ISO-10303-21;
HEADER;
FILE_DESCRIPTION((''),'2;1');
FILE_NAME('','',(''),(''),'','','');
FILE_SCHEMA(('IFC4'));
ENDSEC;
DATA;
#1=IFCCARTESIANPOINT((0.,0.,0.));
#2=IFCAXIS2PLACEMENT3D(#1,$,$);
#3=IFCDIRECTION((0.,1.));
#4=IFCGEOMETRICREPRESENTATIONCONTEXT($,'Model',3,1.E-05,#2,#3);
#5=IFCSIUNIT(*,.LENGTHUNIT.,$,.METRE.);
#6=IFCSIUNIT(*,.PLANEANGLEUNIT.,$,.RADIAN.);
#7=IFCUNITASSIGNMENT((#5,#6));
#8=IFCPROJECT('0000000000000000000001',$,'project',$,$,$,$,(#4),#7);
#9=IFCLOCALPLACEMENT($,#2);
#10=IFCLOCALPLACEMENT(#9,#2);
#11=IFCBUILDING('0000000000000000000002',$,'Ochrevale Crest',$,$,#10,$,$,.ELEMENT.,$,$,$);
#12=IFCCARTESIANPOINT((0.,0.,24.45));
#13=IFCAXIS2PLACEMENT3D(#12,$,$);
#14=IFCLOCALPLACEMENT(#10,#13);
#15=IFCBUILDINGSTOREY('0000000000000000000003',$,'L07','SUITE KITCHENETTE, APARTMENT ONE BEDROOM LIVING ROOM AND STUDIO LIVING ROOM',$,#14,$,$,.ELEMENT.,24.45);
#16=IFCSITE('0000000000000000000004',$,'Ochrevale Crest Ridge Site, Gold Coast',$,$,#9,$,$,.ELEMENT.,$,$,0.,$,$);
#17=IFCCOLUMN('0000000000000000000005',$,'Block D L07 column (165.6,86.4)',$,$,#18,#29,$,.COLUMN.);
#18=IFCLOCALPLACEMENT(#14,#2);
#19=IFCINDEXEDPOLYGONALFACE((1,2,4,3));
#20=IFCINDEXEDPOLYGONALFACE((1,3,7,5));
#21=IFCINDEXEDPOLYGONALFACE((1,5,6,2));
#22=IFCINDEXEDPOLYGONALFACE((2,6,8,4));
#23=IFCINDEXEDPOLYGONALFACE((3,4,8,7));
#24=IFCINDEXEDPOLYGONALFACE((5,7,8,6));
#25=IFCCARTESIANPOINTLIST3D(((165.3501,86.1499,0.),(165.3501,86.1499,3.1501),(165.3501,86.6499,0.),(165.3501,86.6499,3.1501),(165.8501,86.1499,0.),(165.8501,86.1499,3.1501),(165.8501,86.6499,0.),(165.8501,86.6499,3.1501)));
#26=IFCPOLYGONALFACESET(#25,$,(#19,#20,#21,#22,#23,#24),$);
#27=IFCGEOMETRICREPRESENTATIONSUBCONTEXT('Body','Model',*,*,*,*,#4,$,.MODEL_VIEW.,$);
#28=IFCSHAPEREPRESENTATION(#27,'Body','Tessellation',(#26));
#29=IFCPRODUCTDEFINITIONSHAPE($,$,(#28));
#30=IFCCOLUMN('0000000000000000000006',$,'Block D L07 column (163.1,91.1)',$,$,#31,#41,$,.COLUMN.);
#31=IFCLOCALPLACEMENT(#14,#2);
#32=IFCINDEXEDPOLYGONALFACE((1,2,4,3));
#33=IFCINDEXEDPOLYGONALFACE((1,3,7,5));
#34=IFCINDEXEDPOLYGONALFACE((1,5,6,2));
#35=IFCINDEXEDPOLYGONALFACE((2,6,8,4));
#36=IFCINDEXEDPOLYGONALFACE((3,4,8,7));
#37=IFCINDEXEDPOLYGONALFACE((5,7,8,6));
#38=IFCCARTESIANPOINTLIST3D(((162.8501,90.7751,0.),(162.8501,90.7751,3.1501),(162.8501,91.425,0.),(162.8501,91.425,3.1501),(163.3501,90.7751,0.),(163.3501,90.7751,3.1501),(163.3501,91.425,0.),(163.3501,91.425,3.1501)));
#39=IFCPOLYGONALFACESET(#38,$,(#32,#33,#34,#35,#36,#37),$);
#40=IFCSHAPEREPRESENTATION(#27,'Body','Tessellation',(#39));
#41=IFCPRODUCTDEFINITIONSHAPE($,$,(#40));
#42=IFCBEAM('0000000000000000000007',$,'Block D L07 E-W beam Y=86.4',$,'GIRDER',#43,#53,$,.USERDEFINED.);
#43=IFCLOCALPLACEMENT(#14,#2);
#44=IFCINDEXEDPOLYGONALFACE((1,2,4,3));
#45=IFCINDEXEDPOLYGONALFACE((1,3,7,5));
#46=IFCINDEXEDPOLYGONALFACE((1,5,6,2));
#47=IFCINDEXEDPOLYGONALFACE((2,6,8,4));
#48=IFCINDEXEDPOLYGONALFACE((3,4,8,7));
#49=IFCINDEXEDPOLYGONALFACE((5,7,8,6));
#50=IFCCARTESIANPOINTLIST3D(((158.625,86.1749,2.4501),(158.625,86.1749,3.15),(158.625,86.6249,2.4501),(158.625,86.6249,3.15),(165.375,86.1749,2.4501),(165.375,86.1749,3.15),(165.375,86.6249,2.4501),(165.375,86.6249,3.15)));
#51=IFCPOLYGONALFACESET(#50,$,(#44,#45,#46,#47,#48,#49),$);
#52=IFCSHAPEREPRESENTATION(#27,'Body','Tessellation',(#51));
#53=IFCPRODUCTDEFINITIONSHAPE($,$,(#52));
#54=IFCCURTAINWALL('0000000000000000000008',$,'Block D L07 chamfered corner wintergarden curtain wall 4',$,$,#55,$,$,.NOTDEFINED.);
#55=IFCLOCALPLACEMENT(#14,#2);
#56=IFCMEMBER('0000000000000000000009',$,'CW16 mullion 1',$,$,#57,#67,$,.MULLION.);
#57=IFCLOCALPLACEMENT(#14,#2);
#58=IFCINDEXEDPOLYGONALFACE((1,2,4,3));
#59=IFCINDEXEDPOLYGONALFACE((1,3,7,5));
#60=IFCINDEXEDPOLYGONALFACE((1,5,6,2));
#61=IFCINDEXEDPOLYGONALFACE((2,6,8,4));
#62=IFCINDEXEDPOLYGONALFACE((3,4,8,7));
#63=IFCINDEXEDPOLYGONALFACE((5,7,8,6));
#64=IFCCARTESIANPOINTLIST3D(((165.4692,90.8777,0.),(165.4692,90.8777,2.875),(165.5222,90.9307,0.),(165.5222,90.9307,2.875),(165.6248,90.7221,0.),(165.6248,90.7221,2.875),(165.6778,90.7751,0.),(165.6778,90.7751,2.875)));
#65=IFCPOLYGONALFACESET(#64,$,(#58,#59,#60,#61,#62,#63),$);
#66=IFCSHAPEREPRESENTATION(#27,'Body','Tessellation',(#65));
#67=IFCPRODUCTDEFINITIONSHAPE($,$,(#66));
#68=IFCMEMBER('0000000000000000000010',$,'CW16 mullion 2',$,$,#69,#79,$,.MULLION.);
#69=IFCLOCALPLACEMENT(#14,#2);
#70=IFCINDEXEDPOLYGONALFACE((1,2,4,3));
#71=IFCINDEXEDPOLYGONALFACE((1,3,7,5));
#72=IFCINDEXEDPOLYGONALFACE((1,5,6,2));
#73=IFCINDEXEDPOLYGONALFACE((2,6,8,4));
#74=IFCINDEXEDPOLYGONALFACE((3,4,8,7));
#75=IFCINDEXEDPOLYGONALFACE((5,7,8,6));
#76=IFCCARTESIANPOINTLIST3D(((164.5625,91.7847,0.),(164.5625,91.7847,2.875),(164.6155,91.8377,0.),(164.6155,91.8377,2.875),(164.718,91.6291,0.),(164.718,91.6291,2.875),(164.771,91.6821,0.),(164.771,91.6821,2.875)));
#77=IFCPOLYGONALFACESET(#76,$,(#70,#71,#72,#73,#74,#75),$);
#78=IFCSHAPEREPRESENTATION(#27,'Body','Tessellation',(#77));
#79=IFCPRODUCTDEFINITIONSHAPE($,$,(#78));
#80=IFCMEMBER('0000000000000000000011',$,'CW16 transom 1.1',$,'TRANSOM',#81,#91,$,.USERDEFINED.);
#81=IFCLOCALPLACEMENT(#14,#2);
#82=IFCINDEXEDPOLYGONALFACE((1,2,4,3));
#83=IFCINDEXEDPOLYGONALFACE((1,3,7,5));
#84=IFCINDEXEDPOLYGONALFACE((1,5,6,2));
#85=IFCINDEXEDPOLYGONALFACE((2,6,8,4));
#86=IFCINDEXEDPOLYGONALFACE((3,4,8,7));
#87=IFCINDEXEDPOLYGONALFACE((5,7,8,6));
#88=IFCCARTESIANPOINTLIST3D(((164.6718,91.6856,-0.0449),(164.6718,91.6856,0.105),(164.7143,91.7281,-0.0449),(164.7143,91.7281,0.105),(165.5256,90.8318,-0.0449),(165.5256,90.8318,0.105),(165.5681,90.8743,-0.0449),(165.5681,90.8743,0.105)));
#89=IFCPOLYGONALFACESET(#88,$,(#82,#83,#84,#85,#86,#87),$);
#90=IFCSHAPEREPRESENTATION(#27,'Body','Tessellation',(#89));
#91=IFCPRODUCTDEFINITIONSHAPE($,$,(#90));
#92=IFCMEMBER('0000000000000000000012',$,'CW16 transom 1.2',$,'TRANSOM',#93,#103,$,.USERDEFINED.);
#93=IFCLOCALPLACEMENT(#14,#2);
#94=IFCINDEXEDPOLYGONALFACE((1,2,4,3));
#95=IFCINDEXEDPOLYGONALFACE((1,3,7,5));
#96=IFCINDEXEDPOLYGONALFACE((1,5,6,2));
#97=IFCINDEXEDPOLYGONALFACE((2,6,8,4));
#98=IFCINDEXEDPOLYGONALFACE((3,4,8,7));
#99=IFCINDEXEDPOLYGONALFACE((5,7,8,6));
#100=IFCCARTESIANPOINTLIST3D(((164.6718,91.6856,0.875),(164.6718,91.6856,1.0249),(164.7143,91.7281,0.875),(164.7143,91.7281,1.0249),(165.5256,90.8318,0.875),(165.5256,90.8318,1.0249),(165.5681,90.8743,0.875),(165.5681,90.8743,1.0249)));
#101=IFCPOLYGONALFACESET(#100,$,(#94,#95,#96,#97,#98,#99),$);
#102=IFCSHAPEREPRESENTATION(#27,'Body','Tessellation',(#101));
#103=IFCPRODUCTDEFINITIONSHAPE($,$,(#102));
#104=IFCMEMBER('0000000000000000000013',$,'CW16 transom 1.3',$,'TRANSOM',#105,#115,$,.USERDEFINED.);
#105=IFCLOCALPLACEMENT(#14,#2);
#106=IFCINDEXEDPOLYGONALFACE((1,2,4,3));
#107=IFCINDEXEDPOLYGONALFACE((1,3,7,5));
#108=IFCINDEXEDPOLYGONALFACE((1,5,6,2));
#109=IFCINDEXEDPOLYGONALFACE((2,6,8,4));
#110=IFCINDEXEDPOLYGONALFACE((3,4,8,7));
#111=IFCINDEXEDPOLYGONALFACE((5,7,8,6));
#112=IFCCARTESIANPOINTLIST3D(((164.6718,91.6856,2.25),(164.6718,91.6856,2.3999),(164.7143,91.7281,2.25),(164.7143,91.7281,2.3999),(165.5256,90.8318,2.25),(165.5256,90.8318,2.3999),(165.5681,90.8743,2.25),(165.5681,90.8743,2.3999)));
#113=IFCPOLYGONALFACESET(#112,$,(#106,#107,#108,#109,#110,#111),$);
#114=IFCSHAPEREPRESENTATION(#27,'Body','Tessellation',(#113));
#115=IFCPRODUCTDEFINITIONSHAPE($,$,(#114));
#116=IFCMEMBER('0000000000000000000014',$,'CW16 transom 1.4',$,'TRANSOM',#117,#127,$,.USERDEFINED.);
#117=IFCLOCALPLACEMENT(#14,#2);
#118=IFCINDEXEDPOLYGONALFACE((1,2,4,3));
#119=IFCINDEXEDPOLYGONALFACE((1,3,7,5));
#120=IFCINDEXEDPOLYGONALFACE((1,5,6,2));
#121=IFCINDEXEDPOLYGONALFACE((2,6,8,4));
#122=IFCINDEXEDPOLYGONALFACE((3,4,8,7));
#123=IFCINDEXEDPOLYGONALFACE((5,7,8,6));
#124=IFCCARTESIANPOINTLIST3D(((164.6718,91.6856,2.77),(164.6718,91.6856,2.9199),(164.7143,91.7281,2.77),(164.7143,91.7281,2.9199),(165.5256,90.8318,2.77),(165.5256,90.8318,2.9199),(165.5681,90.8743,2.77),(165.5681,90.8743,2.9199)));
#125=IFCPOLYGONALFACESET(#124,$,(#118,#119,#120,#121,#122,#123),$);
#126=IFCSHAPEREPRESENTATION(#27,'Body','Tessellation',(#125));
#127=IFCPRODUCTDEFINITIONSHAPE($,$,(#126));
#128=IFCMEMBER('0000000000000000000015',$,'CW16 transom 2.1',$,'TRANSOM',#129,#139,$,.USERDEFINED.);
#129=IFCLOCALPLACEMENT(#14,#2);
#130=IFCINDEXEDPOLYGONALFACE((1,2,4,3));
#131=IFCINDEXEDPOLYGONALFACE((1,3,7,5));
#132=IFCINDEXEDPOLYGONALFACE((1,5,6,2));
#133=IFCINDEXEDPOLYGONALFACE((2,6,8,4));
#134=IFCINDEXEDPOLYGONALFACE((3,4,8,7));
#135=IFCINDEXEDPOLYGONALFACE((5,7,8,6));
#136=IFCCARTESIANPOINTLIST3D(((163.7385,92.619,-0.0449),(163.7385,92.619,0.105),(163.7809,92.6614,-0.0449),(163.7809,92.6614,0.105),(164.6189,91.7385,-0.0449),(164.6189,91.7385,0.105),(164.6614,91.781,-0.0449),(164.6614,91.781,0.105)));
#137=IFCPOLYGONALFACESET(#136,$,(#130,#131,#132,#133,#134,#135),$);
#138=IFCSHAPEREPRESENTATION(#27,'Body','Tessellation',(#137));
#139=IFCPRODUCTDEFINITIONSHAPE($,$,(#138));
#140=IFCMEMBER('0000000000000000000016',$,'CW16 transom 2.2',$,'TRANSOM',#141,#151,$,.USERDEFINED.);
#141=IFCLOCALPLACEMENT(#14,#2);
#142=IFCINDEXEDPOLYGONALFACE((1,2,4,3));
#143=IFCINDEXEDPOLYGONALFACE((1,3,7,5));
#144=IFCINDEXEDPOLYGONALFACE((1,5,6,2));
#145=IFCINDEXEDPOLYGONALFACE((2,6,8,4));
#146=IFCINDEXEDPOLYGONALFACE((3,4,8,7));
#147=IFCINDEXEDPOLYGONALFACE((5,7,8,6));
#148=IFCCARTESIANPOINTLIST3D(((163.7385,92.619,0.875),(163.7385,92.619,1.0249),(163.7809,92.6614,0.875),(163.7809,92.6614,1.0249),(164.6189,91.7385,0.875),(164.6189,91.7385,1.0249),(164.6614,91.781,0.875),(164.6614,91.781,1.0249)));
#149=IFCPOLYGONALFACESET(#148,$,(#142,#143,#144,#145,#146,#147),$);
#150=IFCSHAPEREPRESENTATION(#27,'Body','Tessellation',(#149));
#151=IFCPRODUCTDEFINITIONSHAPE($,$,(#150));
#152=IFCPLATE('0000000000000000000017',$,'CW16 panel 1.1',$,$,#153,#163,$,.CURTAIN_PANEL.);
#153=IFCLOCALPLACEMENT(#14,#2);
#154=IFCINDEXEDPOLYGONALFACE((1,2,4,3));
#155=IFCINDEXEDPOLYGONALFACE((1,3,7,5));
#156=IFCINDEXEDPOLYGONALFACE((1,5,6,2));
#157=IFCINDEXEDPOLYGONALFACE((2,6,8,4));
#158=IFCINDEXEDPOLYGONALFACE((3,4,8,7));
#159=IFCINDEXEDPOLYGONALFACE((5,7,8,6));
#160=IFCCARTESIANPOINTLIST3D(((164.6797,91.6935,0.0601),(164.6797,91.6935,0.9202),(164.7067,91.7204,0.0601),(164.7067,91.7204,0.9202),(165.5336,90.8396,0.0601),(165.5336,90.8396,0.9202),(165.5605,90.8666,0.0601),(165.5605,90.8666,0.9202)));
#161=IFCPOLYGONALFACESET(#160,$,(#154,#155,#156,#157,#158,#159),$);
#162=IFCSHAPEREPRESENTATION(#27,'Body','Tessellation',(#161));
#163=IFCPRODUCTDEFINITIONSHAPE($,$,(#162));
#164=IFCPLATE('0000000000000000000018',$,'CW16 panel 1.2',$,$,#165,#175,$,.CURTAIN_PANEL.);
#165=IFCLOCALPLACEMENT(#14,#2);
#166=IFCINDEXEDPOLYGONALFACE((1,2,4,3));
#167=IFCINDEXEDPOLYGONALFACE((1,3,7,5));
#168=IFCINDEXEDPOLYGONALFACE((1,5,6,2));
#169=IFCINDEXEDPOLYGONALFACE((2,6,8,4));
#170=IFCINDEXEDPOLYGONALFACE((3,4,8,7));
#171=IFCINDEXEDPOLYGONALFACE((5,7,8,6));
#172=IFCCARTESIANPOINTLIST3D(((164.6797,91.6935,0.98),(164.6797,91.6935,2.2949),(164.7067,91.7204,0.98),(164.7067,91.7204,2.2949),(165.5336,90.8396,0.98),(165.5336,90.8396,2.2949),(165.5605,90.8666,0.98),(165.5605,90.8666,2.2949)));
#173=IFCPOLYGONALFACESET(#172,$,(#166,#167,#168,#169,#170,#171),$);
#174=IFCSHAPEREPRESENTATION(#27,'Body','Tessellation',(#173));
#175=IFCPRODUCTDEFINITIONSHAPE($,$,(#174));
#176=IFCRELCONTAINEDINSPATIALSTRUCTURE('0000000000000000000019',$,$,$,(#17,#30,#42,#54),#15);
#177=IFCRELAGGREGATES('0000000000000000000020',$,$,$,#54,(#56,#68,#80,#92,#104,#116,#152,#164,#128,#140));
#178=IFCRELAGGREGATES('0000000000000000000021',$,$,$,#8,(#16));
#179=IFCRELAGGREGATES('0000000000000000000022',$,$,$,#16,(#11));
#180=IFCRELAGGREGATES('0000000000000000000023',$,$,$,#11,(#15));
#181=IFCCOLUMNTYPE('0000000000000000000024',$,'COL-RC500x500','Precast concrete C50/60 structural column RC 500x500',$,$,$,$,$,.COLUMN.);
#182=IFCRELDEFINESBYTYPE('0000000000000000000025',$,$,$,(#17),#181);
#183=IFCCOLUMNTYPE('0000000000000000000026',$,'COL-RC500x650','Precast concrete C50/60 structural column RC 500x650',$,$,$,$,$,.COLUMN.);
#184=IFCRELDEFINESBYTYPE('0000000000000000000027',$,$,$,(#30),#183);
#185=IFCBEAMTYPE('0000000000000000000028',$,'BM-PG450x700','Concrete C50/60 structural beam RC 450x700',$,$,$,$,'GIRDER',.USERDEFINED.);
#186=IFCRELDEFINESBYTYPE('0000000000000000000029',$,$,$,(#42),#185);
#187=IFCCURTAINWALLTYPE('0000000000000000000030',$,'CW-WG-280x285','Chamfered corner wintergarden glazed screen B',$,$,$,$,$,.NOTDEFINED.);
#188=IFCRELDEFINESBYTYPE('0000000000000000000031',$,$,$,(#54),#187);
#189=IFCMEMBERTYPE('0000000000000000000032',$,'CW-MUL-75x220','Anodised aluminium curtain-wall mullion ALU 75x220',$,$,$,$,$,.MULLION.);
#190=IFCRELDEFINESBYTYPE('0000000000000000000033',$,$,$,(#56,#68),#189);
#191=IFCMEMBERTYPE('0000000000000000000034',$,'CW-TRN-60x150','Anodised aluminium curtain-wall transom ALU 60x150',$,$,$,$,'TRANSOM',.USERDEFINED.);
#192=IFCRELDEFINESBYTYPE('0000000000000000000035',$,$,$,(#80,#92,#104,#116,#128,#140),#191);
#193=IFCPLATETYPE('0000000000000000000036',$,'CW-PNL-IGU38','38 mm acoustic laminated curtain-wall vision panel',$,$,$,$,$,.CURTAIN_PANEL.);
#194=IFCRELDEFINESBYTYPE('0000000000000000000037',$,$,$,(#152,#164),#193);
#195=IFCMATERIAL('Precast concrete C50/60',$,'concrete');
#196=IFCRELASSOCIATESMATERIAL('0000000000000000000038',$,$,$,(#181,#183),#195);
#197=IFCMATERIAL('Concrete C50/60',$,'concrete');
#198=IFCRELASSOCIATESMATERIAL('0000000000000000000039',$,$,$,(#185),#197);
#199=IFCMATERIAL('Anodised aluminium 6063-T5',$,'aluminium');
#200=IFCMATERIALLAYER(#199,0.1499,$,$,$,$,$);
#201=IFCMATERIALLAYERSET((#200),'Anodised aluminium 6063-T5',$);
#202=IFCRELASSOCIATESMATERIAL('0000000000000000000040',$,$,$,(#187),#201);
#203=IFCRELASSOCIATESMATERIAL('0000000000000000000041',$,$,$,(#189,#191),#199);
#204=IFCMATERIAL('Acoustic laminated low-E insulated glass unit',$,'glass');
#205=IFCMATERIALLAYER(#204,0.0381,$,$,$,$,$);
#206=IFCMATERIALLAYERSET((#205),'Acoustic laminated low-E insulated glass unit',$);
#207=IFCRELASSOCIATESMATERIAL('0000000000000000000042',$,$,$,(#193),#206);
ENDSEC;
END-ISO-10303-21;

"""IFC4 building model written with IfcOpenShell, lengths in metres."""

from ifc_helpers import new_model, si_unit, direction, frame, origin, origin_2d, place, context, subcontext, project, spatial, rectangle, extrude, material, layer, layer_set, material_profile, profile_set, type_object, element, aggregate, save


model = new_model("IFC4")

# Units and contexts
model_context = context("Model", 3, precision=1e-05, world=origin(), true_north=direction((0.0, 1.0)))
body_context = subcontext(model_context, "Body", "Model", "MODEL_VIEW")
ifc_project = project(units=[si_unit("LENGTHUNIT", "METRE"), si_unit("PLANEANGLEUNIT", "RADIAN")], contexts=[model_context])

# Site, building, storey
site_placement = place(None, origin())
site = spatial("IfcSite", under=ifc_project, at=site_placement, Name="Ochrevale Crest Ridge Site, Gold Coast", CompositionType="ELEMENT", RefElevation=0.0)
building_placement = place(site_placement, origin())
building = spatial("IfcBuilding", under=site, at=building_placement, Name="Ochrevale Crest", CompositionType="ELEMENT")
storey_placement = place(building_placement, frame((0.0, 0.0, 24.45)))
storey = spatial("IfcBuildingStorey", under=building, at=storey_placement, Name="L07", Description="SUITE KITCHENETTE, APARTMENT ONE BEDROOM LIVING ROOM AND STUDIO LIVING ROOM", CompositionType="ELEMENT", Elevation=24.45)

# Columns
ifc_material_1 = material(Name="Precast concrete C50/60", Category="concrete")
ifc_material_profile_1 = material_profile(ifc_material_1, rectangle(XDim=0.5, YDim=0.5, at=origin_2d()), Name="RC 500x500")
ifc_profile_set_1 = profile_set([ifc_material_profile_1], Name="Precast concrete C50/60")
column_type_1 = type_object("IfcColumnType", Name="COL-RC500x500", Description="Precast concrete C50/60 structural column RC 500x500", PredefinedType="COLUMN", material=ifc_profile_set_1)
column_1_placement = place(storey_placement, frame((165.6001, 86.3999, 0.0), z_axis=(0.0, 0.0, 1.0), x_axis=(1.0, 0.0, 0.0)))
element("IfcColumn", 1, at=column_1_placement, inside=storey, type_object=column_type_1, Name="Block D L07 column (165.6,86.4)", PredefinedType="COLUMN", context=body_context, shape_type="SweptSolid", body=[
    extrude(rectangle(XDim=0.5, YDim=0.5, at=origin_2d()), origin(), (0.0, 0.0, 1.0), 3.1501),
])
ifc_material_profile_2 = material_profile(ifc_material_1, rectangle(XDim=0.5, YDim=0.6499, at=origin_2d()), Name="RC 500x650")
ifc_profile_set_2 = profile_set([ifc_material_profile_2], Name="Precast concrete C50/60")
column_type_2 = type_object("IfcColumnType", Name="COL-RC500x650", Description="Precast concrete C50/60 structural column RC 500x650", PredefinedType="COLUMN", material=ifc_profile_set_2)
column_2_placement = place(storey_placement, frame((163.1001, 91.1001, 0.0), z_axis=(0.0, 0.0, 1.0), x_axis=(1.0, 0.0, 0.0)))
element("IfcColumn", 2, at=column_2_placement, inside=storey, type_object=column_type_2, Name="Block D L07 column (163.1,91.1)", PredefinedType="COLUMN", context=body_context, shape_type="SweptSolid", body=[
    extrude(rectangle(XDim=0.5, YDim=0.6499, at=origin_2d()), origin(), (0.0, 0.0, 1.0), 3.1501),
])

# Beam
ifc_material_2 = material(Name="Concrete C50/60", Category="concrete")
ifc_material_profile_3 = material_profile(ifc_material_2, rectangle(XDim=0.45, YDim=0.7, at=origin_2d()), Name="RC 450x700")
ifc_profile_set_3 = profile_set([ifc_material_profile_3], Name="Concrete C50/60")
beam_type = type_object("IfcBeamType", Name="BM-PG450x700", Description="Concrete C50/60 structural beam RC 450x700", ElementType="GIRDER", PredefinedType="USERDEFINED", material=ifc_profile_set_3)
beam_placement = place(storey_placement, frame((158.625, 86.3999, 2.8), z_axis=(1.0, 0.0, 0.0), x_axis=(0.0, 1.0, 0.0)))
element("IfcBeam", 3, at=beam_placement, inside=storey, type_object=beam_type, Name="Block D L07 E-W beam Y=86.4", ObjectType="GIRDER", PredefinedType="USERDEFINED", context=body_context, shape_type="SweptSolid", body=[
    extrude(rectangle(XDim=0.45, YDim=0.7, at=origin_2d()), origin(), (0.0, 0.0, 1.0), 6.75),
])

# Curtain wall, members, plates
ifc_material_3 = material(Name="Anodised aluminium 6063-T5", Category="aluminium")
ifc_layer_1 = layer(ifc_material_3, 0.1499)
ifc_layer_set_1 = layer_set([ifc_layer_1], Name="Anodised aluminium 6063-T5")
curtain_wall_type = type_object("IfcCurtainWallType", Name="CW-WG-280x285", Description="Chamfered corner wintergarden glazed screen B", PredefinedType="NOTDEFINED", material=ifc_layer_set_1)
curtain_wall_placement = place(storey_placement, origin())
curtain_wall = element("IfcCurtainWall", 4, at=curtain_wall_placement, inside=storey, type_object=curtain_wall_type, Name="Block D L07 chamfered corner wintergarden curtain wall 4", PredefinedType="NOTDEFINED")
ifc_material_profile_4 = material_profile(ifc_material_3, rectangle(XDim=0.075, YDim=0.22, at=origin_2d()), Name="ALU 75x220")
ifc_profile_set_4 = profile_set([ifc_material_profile_4], Name="Anodised aluminium 6063-T5")
member_type_1 = type_object("IfcMemberType", Name="CW-MUL-75x220", Description="Anodised aluminium curtain-wall mullion ALU 75x220", PredefinedType="MULLION", material=ifc_profile_set_4)
member_1_placement = place(storey_placement, frame((165.5735, 90.8264, 0.0), z_axis=(0.0, 0.0, 1.0), x_axis=(-0.707107, -0.707107, 0.0)))
member_1 = element("IfcMember", 5, at=member_1_placement, type_object=member_type_1, Name="CW16 mullion 1", PredefinedType="MULLION", context=body_context, shape_type="SweptSolid", body=[
    extrude(rectangle(XDim=0.075, YDim=0.22, at=origin_2d()), origin(), (0.0, 0.0, 1.0), 2.875),
])
member_2_placement = place(storey_placement, frame((164.6667, 91.7334, 0.0), z_axis=(0.0, 0.0, 1.0), x_axis=(-0.707107, -0.707107, 0.0)))
member_2 = element("IfcMember", 6, at=member_2_placement, type_object=member_type_1, Name="CW16 mullion 2", PredefinedType="MULLION", context=body_context, shape_type="SweptSolid", body=[
    extrude(rectangle(XDim=0.075, YDim=0.22, at=origin_2d()), origin(), (0.0, 0.0, 1.0), 2.875),
])
ifc_material_profile_5 = material_profile(ifc_material_3, rectangle(XDim=0.0601, YDim=0.1499, at=origin_2d()), Name="ALU 60x150")
ifc_profile_set_5 = profile_set([ifc_material_profile_5], Name="Anodised aluminium 6063-T5")
member_type_2 = type_object("IfcMemberType", Name="CW-TRN-60x150", Description="Anodised aluminium curtain-wall transom ALU 60x150", ElementType="TRANSOM", PredefinedType="USERDEFINED", material=ifc_profile_set_5)
member_3_placement = place(storey_placement, frame((165.5469, 90.853, 0.03), z_axis=(-0.707107, 0.707107, 0.0), x_axis=(-0.707107, -0.707107, 0.0)))
member_3 = element("IfcMember", 7, at=member_3_placement, type_object=member_type_2, Name="CW16 transom 1.1", ObjectType="TRANSOM", PredefinedType="USERDEFINED", context=body_context, shape_type="SweptSolid", body=[
    extrude(rectangle(XDim=0.0601, YDim=0.1499, at=origin_2d()), origin(), (0.0, 0.0, 1.0), 1.2075),
])
member_4_placement = place(storey_placement, frame((165.5469, 90.853, 0.95), z_axis=(-0.707107, 0.707107, 0.0), x_axis=(-0.707107, -0.707107, 0.0)))
member_4 = element("IfcMember", 8, at=member_4_placement, type_object=member_type_2, Name="CW16 transom 1.2", ObjectType="TRANSOM", PredefinedType="USERDEFINED", context=body_context, shape_type="SweptSolid", body=[
    extrude(rectangle(XDim=0.0601, YDim=0.1499, at=origin_2d()), origin(), (0.0, 0.0, 1.0), 1.2075),
])
member_5_placement = place(storey_placement, frame((165.5469, 90.853, 2.325), z_axis=(-0.707107, 0.707107, 0.0), x_axis=(-0.707107, -0.707107, 0.0)))
member_5 = element("IfcMember", 9, at=member_5_placement, type_object=member_type_2, Name="CW16 transom 1.3", ObjectType="TRANSOM", PredefinedType="USERDEFINED", context=body_context, shape_type="SweptSolid", body=[
    extrude(rectangle(XDim=0.0601, YDim=0.1499, at=origin_2d()), origin(), (0.0, 0.0, 1.0), 1.2075),
])
member_6_placement = place(storey_placement, frame((165.5469, 90.853, 2.845), z_axis=(-0.707107, 0.707107, 0.0), x_axis=(-0.707107, -0.707107, 0.0)))
member_6 = element("IfcMember", 10, at=member_6_placement, type_object=member_type_2, Name="CW16 transom 1.4", ObjectType="TRANSOM", PredefinedType="USERDEFINED", context=body_context, shape_type="SweptSolid", body=[
    extrude(rectangle(XDim=0.0601, YDim=0.1499, at=origin_2d()), origin(), (0.0, 0.0, 1.0), 1.2075),
])
member_7_placement = place(storey_placement, frame((164.6401, 91.7598, 0.03), z_axis=(-0.707107, 0.707107, 0.0), x_axis=(-0.707107, -0.707107, 0.0)))
member_7 = element("IfcMember", 11, at=member_7_placement, type_object=member_type_2, Name="CW16 transom 2.1", ObjectType="TRANSOM", PredefinedType="USERDEFINED", context=body_context, shape_type="SweptSolid", body=[
    extrude(rectangle(XDim=0.0601, YDim=0.1499, at=origin_2d()), origin(), (0.0, 0.0, 1.0), 1.2451),
])
member_8_placement = place(storey_placement, frame((164.6401, 91.7598, 0.95), z_axis=(-0.707107, 0.707107, 0.0), x_axis=(-0.707107, -0.707107, 0.0)))
member_8 = element("IfcMember", 12, at=member_8_placement, type_object=member_type_2, Name="CW16 transom 2.2", ObjectType="TRANSOM", PredefinedType="USERDEFINED", context=body_context, shape_type="SweptSolid", body=[
    extrude(rectangle(XDim=0.0601, YDim=0.1499, at=origin_2d()), origin(), (0.0, 0.0, 1.0), 1.2451),
])
ifc_material_4 = material(Name="Acoustic laminated low-E insulated glass unit", Category="glass")
ifc_layer_2 = layer(ifc_material_4, 0.0381)
ifc_layer_set_2 = layer_set([ifc_layer_2], Name="Acoustic laminated low-E insulated glass unit")
plate_type = type_object("IfcPlateType", Name="CW-PNL-IGU38", Description="38 mm acoustic laminated curtain-wall vision panel", PredefinedType="CURTAIN_PANEL", material=ifc_layer_set_2)
plate_1_placement = place(storey_placement, frame((165.1201, 91.28, 0.0601), z_axis=(0.0, 0.0, 1.0), x_axis=(-0.707107, 0.707107, 0.0)))
plate_1 = element("IfcPlate", 13, at=plate_1_placement, type_object=plate_type, Name="CW16 panel 1.1", PredefinedType="CURTAIN_PANEL", context=body_context, shape_type="SweptSolid", body=[
    extrude(rectangle(XDim=1.2075, YDim=0.0381, at=origin_2d()), origin(), (0.0, 0.0, 1.0), 0.8601),
])
plate_2_placement = place(storey_placement, frame((165.1201, 91.28, 0.98), z_axis=(0.0, 0.0, 1.0), x_axis=(-0.707107, 0.707107, 0.0)))
plate_2 = element("IfcPlate", 14, at=plate_2_placement, type_object=plate_type, Name="CW16 panel 1.2", PredefinedType="CURTAIN_PANEL", context=body_context, shape_type="SweptSolid", body=[
    extrude(rectangle(XDim=1.2075, YDim=0.0381, at=origin_2d()), origin(), (0.0, 0.0, 1.0), 1.3149),
])
aggregate(curtain_wall, [member_1, member_2, member_3, member_4, member_5, member_6, plate_1, plate_2, member_7, member_8])

save(model, "model.ifc")
